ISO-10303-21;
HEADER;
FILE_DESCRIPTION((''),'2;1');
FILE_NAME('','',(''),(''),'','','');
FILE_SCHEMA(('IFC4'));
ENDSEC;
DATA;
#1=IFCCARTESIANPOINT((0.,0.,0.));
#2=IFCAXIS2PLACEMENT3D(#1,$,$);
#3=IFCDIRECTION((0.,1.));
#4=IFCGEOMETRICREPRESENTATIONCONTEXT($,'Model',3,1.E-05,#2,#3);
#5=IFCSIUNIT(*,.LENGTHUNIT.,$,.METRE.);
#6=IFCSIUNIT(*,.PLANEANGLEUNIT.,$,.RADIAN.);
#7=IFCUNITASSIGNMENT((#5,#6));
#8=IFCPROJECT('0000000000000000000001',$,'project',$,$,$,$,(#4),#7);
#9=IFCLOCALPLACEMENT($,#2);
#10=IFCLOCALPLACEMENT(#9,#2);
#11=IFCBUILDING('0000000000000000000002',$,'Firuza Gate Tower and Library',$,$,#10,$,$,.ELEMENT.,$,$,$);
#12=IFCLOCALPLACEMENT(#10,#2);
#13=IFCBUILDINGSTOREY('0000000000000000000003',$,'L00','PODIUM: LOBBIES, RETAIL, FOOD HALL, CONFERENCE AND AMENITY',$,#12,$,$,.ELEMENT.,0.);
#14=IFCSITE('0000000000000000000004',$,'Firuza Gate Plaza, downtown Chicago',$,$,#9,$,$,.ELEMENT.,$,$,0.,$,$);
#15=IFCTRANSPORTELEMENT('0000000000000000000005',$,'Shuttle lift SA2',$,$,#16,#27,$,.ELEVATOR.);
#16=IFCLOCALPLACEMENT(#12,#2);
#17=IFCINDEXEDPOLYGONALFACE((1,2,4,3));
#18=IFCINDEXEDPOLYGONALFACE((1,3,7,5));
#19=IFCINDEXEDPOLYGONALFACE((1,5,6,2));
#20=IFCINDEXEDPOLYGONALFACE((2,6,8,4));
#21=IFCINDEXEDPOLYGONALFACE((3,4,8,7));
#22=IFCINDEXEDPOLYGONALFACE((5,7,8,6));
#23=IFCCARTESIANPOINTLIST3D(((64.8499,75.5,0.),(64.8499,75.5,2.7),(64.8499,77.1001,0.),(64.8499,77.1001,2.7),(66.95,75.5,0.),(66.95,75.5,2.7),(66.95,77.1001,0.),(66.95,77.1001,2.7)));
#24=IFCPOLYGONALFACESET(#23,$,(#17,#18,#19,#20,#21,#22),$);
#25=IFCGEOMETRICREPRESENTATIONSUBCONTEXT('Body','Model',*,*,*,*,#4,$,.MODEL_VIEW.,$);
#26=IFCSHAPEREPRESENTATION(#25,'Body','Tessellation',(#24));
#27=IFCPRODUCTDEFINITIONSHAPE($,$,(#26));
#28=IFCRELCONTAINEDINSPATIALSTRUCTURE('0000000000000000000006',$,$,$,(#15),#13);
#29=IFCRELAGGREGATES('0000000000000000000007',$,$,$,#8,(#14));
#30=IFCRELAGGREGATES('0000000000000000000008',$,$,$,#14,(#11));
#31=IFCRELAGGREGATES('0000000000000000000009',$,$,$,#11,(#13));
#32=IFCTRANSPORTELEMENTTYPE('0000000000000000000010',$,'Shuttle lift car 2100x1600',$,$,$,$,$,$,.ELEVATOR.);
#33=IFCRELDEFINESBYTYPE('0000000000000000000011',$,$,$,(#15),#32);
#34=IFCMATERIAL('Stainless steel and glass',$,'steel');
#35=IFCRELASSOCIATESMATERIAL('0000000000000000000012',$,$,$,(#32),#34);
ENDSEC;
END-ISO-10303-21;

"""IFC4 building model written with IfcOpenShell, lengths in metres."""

from ifc_helpers import new_model, si_unit, direction, frame, origin, origin_2d, place, context, subcontext, project, spatial, rectangle, extrude, material, type_object, element, save


model = new_model("IFC4")

# Units and contexts
model_context = context("Model", 3, precision=1e-05, world=origin(), true_north=direction((0.0, 1.0)))
body_context = subcontext(model_context, "Body", "Model", "MODEL_VIEW")
ifc_project = project(units=[si_unit("LENGTHUNIT", "METRE"), si_unit("PLANEANGLEUNIT", "RADIAN")], contexts=[model_context])

# Site, building, storey
site_placement = place(None, origin())
site = spatial("IfcSite", under=ifc_project, at=site_placement, Name="Firuza Gate Plaza, downtown Chicago", CompositionType="ELEMENT", RefElevation=0.0)
building_placement = place(site_placement, origin())
building = spatial("IfcBuilding", under=site, at=building_placement, Name="Firuza Gate Tower and Library", CompositionType="ELEMENT")
storey_placement = place(building_placement, origin())
storey = spatial("IfcBuildingStorey", under=building, at=storey_placement, Name="L00", Description="PODIUM: LOBBIES, RETAIL, FOOD HALL, CONFERENCE AND AMENITY", CompositionType="ELEMENT", Elevation=0.0)

# Transport element
ifc_material_1 = material(Name="Stainless steel and glass", Category="steel")
transport_element_type = type_object("IfcTransportElementType", Name="Shuttle lift car 2100x1600", PredefinedType="ELEVATOR", material=ifc_material_1)
transport_element_placement = place(storey_placement, frame((65.8999, 76.3, 0.0), z_axis=(0.0, 0.0, 1.0), x_axis=(1.0, 0.0, 0.0)))
element("IfcTransportElement", 1, at=transport_element_placement, inside=storey, type_object=transport_element_type, Name="Shuttle lift SA2", PredefinedType="ELEVATOR", context=body_context, shape_type="SweptSolid", body=[
    extrude(rectangle(XDim=2.1001, YDim=1.6001, at=origin_2d()), origin(), (0.0, 0.0, 1.0), 2.7),
])

save(model, "model.ifc")
